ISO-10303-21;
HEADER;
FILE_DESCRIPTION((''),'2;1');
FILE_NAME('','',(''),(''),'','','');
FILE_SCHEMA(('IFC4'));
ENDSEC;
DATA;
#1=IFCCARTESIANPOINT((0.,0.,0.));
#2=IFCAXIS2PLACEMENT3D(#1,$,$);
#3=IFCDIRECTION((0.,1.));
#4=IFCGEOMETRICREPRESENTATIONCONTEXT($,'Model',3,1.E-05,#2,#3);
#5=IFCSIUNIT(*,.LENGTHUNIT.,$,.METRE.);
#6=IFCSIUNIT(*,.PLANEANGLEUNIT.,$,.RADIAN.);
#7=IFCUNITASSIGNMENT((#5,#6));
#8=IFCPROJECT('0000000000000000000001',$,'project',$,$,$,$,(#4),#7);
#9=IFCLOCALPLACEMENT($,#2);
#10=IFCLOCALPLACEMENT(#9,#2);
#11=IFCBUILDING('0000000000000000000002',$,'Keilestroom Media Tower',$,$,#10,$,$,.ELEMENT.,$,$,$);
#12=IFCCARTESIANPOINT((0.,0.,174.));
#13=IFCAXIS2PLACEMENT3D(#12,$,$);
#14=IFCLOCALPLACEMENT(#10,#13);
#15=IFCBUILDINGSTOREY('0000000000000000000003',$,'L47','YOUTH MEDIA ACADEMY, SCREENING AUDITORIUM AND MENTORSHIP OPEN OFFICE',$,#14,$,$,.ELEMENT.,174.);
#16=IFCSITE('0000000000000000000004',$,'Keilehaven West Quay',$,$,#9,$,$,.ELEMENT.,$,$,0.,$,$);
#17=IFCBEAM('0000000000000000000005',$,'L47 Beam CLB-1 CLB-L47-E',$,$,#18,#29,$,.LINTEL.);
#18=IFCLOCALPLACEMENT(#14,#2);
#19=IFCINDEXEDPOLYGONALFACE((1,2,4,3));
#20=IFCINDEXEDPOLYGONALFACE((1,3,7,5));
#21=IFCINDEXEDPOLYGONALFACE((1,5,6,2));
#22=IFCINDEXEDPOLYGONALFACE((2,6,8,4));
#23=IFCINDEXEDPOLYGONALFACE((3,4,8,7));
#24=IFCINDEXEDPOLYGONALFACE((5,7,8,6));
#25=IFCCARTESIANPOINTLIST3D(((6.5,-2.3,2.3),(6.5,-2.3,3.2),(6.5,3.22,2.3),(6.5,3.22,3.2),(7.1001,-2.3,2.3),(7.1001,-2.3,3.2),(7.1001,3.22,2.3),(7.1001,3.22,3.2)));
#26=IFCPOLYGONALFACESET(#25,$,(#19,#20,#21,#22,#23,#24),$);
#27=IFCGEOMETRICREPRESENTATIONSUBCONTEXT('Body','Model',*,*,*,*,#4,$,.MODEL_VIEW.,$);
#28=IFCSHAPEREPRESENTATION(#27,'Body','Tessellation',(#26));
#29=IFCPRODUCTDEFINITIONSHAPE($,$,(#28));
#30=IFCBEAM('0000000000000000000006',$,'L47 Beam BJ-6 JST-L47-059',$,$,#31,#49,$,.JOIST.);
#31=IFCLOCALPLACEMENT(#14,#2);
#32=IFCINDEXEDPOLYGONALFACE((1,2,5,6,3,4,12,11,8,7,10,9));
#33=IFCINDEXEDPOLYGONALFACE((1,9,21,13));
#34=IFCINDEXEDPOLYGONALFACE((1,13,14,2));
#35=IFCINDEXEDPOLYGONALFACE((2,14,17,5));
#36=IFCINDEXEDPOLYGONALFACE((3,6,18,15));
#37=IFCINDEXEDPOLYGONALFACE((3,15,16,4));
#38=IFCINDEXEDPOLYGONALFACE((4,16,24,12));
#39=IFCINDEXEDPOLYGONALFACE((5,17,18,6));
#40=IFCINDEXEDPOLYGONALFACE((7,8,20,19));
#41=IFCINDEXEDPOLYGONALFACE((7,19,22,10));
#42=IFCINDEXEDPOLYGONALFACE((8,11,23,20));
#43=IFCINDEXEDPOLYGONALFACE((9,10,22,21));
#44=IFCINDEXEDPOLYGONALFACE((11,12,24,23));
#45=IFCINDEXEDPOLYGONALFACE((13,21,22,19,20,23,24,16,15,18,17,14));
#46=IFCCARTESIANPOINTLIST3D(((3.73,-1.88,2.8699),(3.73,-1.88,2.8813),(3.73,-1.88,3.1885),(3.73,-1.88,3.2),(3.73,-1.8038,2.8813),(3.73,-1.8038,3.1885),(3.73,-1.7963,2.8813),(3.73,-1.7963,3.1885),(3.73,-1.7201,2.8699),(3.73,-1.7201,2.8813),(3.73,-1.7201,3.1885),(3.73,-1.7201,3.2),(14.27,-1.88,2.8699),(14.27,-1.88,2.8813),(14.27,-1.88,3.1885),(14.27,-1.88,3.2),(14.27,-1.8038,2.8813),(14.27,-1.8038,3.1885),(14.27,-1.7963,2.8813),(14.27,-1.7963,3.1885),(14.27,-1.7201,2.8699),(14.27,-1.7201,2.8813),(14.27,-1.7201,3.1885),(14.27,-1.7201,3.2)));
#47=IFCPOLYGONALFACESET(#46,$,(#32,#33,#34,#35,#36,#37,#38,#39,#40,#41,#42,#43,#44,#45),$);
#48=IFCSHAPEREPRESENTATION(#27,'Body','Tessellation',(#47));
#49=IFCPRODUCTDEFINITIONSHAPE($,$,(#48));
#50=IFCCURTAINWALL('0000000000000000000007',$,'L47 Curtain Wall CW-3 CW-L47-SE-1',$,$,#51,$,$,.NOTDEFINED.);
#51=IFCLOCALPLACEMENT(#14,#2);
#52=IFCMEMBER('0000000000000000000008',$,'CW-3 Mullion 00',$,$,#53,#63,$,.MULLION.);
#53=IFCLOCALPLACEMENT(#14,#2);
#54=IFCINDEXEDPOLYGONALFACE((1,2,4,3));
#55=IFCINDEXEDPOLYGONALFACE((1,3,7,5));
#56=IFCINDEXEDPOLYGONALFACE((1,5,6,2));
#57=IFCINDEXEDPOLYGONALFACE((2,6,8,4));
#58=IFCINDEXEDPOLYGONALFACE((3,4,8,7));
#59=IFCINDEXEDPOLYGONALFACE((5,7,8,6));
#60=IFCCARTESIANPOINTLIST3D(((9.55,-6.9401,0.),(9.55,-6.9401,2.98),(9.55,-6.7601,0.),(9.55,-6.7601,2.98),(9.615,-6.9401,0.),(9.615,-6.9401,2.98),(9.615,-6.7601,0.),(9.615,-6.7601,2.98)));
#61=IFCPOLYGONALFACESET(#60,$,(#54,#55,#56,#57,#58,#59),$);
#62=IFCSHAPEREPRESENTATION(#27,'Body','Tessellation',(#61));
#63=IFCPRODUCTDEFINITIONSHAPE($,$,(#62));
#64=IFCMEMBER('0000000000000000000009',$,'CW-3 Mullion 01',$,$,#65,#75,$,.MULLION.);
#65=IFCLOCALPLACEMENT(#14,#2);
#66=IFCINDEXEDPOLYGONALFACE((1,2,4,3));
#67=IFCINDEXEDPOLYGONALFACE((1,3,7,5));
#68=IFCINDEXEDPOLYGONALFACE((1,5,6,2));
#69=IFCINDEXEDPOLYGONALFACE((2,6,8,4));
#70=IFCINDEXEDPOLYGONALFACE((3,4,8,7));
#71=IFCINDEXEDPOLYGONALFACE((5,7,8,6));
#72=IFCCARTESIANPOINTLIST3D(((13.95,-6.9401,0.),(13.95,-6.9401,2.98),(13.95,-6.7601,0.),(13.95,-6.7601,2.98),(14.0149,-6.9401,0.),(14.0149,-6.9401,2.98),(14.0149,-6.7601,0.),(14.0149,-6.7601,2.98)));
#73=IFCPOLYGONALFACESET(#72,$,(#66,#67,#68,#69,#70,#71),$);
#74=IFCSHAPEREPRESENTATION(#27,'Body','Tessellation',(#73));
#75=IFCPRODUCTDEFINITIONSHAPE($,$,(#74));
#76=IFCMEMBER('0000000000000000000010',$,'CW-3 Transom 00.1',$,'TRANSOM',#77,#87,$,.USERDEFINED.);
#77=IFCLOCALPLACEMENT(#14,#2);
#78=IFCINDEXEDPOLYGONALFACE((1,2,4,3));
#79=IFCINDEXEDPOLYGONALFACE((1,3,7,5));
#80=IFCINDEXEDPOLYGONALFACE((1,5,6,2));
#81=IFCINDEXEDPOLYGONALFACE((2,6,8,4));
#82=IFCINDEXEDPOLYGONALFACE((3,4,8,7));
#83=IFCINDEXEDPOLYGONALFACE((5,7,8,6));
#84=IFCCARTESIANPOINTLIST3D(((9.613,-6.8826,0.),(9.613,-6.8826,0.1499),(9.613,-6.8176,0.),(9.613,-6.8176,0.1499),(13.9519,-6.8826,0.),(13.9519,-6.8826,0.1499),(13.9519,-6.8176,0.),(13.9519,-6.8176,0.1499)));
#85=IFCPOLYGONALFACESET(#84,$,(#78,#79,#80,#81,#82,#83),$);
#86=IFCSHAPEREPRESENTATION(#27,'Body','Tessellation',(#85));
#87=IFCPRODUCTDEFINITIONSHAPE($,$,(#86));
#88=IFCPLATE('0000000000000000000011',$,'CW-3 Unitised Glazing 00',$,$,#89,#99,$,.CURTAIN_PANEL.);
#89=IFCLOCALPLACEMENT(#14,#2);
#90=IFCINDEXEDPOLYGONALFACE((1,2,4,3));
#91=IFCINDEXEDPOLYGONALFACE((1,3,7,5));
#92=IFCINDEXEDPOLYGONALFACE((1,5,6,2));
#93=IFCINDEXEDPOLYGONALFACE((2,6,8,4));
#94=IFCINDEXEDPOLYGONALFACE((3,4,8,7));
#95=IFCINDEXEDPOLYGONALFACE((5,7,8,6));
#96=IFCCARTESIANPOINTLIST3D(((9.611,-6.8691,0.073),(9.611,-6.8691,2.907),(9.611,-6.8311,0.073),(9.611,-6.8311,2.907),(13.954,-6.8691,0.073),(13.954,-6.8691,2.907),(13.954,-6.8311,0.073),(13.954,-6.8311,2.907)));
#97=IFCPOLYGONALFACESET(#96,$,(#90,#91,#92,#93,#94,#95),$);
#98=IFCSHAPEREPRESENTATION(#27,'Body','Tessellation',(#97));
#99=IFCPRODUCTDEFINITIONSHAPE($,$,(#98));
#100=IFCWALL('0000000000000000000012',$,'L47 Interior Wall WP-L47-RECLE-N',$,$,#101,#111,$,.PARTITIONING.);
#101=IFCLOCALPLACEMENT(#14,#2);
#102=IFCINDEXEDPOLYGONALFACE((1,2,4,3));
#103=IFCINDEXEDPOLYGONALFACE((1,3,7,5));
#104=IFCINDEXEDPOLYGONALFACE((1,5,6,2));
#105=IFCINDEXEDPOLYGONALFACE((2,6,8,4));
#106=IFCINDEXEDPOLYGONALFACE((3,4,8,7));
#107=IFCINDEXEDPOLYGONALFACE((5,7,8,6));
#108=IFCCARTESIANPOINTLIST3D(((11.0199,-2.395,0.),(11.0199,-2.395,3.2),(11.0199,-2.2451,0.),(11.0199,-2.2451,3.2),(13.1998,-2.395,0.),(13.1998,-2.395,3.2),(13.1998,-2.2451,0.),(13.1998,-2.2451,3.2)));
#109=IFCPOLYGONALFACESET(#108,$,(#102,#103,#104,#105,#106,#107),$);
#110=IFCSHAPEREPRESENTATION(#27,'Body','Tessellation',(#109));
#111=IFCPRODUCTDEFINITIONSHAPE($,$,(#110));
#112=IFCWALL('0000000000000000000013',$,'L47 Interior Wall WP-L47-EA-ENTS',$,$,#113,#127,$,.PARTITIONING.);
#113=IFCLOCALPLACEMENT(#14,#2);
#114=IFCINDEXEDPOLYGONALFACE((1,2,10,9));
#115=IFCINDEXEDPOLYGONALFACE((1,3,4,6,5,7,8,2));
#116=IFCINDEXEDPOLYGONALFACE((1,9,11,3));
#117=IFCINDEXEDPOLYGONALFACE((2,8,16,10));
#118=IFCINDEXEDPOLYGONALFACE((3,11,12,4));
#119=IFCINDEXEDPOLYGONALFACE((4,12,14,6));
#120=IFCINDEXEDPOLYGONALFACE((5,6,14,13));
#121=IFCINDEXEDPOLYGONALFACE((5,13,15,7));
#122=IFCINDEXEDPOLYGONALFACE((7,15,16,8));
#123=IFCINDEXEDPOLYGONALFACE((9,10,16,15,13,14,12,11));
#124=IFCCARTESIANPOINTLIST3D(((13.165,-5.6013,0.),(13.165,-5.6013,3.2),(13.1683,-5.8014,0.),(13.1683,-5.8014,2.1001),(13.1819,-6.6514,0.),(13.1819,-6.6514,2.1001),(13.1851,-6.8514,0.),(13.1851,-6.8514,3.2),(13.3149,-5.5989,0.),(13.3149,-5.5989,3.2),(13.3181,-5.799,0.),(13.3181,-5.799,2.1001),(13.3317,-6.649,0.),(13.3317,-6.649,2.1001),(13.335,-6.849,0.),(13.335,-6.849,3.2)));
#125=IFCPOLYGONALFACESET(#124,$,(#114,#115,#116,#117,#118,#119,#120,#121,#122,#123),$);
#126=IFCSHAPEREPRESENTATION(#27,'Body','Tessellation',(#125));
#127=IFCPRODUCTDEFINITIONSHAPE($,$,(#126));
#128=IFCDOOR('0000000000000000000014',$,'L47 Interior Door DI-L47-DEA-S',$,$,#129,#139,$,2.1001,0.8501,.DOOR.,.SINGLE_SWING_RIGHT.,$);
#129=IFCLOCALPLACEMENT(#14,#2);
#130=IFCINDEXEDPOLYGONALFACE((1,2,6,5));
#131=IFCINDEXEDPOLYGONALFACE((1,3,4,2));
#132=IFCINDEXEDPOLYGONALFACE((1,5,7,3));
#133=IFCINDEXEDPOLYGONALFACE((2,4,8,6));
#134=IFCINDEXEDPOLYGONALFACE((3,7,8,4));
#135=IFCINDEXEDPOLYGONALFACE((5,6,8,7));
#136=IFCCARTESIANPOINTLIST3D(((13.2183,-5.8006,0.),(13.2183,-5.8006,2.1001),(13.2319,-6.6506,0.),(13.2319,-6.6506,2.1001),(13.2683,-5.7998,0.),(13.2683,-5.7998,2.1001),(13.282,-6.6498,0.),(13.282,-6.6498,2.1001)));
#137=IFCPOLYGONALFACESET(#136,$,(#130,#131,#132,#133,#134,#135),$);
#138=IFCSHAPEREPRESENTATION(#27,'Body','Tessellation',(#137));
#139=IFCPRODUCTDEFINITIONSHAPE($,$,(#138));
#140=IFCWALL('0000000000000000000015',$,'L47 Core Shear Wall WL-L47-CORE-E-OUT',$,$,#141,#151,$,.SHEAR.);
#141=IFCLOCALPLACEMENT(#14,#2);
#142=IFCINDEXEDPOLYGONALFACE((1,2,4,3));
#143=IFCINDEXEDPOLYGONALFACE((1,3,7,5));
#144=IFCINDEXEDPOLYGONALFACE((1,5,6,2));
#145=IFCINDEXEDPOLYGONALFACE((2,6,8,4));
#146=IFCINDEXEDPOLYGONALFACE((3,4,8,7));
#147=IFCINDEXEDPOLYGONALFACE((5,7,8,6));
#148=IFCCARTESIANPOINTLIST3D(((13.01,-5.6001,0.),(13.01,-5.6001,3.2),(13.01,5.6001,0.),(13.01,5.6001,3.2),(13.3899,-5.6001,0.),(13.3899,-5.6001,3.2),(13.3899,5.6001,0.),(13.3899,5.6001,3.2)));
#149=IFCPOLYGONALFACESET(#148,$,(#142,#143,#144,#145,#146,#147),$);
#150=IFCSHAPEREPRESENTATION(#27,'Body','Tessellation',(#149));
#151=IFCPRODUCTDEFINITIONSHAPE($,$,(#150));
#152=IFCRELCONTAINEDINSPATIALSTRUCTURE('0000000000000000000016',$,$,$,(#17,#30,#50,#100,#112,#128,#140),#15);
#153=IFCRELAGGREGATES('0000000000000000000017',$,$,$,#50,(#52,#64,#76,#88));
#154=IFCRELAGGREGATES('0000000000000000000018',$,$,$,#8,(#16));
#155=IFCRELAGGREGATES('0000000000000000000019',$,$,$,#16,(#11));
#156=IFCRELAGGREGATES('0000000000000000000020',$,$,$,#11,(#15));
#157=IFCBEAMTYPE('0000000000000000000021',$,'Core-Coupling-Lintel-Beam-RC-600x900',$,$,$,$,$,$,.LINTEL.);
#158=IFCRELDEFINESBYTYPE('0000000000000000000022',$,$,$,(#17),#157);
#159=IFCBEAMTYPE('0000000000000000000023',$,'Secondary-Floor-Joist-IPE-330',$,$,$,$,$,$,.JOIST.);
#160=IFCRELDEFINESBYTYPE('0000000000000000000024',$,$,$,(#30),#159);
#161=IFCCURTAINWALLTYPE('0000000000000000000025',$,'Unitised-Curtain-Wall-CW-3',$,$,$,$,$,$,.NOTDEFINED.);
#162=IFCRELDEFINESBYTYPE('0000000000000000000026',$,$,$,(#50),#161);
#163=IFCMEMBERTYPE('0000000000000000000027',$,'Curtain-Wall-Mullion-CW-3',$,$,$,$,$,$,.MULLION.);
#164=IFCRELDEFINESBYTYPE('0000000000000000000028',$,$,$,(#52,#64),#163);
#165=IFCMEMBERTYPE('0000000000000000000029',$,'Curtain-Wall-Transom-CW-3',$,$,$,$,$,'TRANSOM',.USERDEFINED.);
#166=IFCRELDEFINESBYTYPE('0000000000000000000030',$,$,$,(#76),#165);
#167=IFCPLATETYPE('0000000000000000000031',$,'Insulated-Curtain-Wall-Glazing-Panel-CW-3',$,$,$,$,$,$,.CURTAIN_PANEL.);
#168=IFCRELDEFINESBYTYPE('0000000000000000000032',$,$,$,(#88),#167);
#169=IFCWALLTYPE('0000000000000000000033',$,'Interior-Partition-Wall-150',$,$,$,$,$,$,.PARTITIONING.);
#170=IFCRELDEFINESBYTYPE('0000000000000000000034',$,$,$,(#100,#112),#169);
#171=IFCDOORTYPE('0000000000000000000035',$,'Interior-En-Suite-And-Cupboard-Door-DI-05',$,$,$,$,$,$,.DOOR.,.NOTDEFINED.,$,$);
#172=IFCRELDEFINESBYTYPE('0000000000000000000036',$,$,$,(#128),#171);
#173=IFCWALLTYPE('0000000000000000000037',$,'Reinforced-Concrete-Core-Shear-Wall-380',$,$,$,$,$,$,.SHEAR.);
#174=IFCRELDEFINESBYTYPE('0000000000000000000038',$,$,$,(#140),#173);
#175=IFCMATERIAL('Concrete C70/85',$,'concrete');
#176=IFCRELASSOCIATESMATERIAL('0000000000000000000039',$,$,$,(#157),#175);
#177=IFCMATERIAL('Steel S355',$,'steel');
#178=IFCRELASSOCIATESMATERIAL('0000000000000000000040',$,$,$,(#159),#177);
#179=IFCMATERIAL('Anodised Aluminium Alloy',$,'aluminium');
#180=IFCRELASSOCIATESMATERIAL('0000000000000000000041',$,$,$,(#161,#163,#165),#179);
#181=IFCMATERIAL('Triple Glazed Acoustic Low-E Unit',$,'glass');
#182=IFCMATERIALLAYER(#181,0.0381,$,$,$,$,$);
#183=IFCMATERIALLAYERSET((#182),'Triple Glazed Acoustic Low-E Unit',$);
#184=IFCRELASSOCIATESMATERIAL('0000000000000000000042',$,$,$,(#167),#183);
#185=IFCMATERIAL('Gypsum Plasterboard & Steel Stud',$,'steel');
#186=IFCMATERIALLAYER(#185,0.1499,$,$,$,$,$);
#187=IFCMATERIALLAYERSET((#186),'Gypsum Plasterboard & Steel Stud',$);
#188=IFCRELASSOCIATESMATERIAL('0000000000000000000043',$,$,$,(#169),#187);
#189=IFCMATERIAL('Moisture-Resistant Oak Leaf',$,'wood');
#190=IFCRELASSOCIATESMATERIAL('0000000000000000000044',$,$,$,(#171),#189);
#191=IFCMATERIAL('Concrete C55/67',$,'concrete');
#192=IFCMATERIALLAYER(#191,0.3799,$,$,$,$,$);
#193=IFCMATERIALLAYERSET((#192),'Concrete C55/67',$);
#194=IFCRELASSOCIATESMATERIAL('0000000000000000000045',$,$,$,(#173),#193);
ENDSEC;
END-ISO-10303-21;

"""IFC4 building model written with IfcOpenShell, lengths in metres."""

from ifc_helpers import new_model, si_unit, direction, frame, frame_2d, origin, origin_2d, place, context, subcontext, project, spatial, rectangle, i_section, extrude, source, transform, mapped, material, layer, layer_set, material_profile, profile_set, type_object, element, fill, aggregate, save


model = new_model("IFC4")

# Units and contexts
model_context = context("Model", 3, precision=1e-05, world=origin(), true_north=direction((0.0, 1.0)))
body_context = subcontext(model_context, "Body", "Model", "MODEL_VIEW")
ifc_project = project(units=[si_unit("LENGTHUNIT", "METRE"), si_unit("PLANEANGLEUNIT", "RADIAN")], contexts=[model_context])

# Site, building, storey
site_placement = place(None, origin())
site = spatial("IfcSite", under=ifc_project, at=site_placement, Name="Keilehaven West Quay", CompositionType="ELEMENT", RefElevation=0.0)
building_placement = place(site_placement, origin())
building = spatial("IfcBuilding", under=site, at=building_placement, Name="Keilestroom Media Tower", CompositionType="ELEMENT")
storey_placement = place(building_placement, frame((0.0, 0.0, 174.0)))
storey = spatial("IfcBuildingStorey", under=building, at=storey_placement, Name="L47", Description="YOUTH MEDIA ACADEMY, SCREENING AUDITORIUM AND MENTORSHIP OPEN OFFICE", CompositionType="ELEMENT", Elevation=174.0)

# Beams
ifc_material_1 = material(Name="Concrete C70/85", Category="concrete")
ifc_material_profile_1 = material_profile(ifc_material_1, rectangle(XDim=0.6001, YDim=0.8999, at=origin_2d()), Name="RC 600x900")
ifc_profile_set_1 = profile_set([ifc_material_profile_1], Name="Concrete C70/85")
beam_type_1 = type_object("IfcBeamType", Name="Core-Coupling-Lintel-Beam-RC-600x900", PredefinedType="LINTEL", material=ifc_profile_set_1)
shared_shape_1 = source(origin(), body_context, "Body", "SweptSolid", [
    extrude(rectangle(XDim=0.6001, YDim=0.8999, at=origin_2d()), origin(), (0.0, 0.0, 1.0), 5.52),
])
beam_1_placement = place(storey_placement, frame((6.8, -2.3, 2.75), z_axis=(0.0, 1.0, 0.0), x_axis=(-1.0, 0.0, 0.0)))
element("IfcBeam", 1, at=beam_1_placement, inside=storey, type_object=beam_type_1, Name="L47 Beam CLB-1 CLB-L47-E", PredefinedType="LINTEL", context=body_context, shape_type="MappedRepresentation", body=[
    mapped(shared_shape_1, transform((0.0, 0.0, 0.0), x_axis=(1.0, 0.0, 0.0), y_axis=(0.0, 1.0, 0.0), z_axis=(0.0, 0.0, 1.0), scale=1.0)),
])
ifc_material_2 = material(Name="Steel S355", Category="steel")
ifc_material_profile_2 = material_profile(ifc_material_2, i_section(OverallWidth=0.1599, OverallDepth=0.3301, WebThickness=0.0076, FlangeThickness=0.0115, at=origin_2d()), Name="IPE 330")
ifc_profile_set_2 = profile_set([ifc_material_profile_2], Name="Steel S355")
beam_type_2 = type_object("IfcBeamType", Name="Secondary-Floor-Joist-IPE-330", PredefinedType="JOIST", material=ifc_profile_set_2)
shared_shape_2 = source(origin(), body_context, "Body", "SweptSolid", [
    extrude(i_section(OverallWidth=0.1599, OverallDepth=0.3301, WebThickness=0.0076, FlangeThickness=0.0115, at=origin_2d()), origin(), (0.0, 0.0, 1.0), 10.54),
])
beam_2_placement = place(storey_placement, frame((3.73, -1.8, 3.0349), z_axis=(1.0, 0.0, 0.0), x_axis=(0.0, 1.0, 0.0)))
element("IfcBeam", 2, at=beam_2_placement, inside=storey, type_object=beam_type_2, Name="L47 Beam BJ-6 JST-L47-059", PredefinedType="JOIST", context=body_context, shape_type="MappedRepresentation", body=[
    mapped(shared_shape_2, transform((0.0, 0.0, 0.0), x_axis=(1.0, 0.0, 0.0), y_axis=(0.0, 1.0, 0.0), z_axis=(0.0, 0.0, 1.0), scale=1.0)),
])

# Curtain wall, members, plate
ifc_material_3 = material(Name="Anodised Aluminium Alloy", Category="aluminium")
curtain_wall_type = type_object("IfcCurtainWallType", Name="Unitised-Curtain-Wall-CW-3", PredefinedType="NOTDEFINED", material=ifc_material_3)
curtain_wall_placement = place(storey_placement, origin())
curtain_wall = element("IfcCurtainWall", 3, at=curtain_wall_placement, inside=storey, type_object=curtain_wall_type, Name="L47 Curtain Wall CW-3 CW-L47-SE-1", PredefinedType="NOTDEFINED")
ifc_material_profile_3 = material_profile(ifc_material_3, rectangle(XDim=0.0649, YDim=0.1799, at=origin_2d()), Name="ALU MULLION 65x180")
ifc_profile_set_3 = profile_set([ifc_material_profile_3], Name="Anodised Aluminium Alloy")
member_type_1 = type_object("IfcMemberType", Name="Curtain-Wall-Mullion-CW-3", PredefinedType="MULLION", material=ifc_profile_set_3)
shared_shape_3 = source(origin(), body_context, "Body", "SweptSolid", [
    extrude(rectangle(XDim=0.0649, YDim=0.1799, at=origin_2d()), origin(), (0.0, 0.0, 1.0), 2.98),
])
member_1_placement = place(storey_placement, frame((9.5825, -6.8501, 0.0), z_axis=(0.0, 0.0, 1.0), x_axis=(1.0, 0.0, 0.0)))
member_1 = element("IfcMember", 4, at=member_1_placement, type_object=member_type_1, Name="CW-3 Mullion 00", PredefinedType="MULLION", context=body_context, shape_type="MappedRepresentation", body=[
    mapped(shared_shape_3, transform((0.0, 0.0, 0.0), x_axis=(1.0, 0.0, 0.0), y_axis=(0.0, 1.0, 0.0), z_axis=(0.0, 0.0, 1.0), scale=1.0)),
])
member_2_placement = place(storey_placement, frame((13.9824, -6.8501, 0.0), z_axis=(0.0, 0.0, 1.0), x_axis=(1.0, 0.0, 0.0)))
member_2 = element("IfcMember", 5, at=member_2_placement, type_object=member_type_1, Name="CW-3 Mullion 01", PredefinedType="MULLION", context=body_context, shape_type="MappedRepresentation", body=[
    mapped(shared_shape_3, transform((0.0, 0.0, 0.0), x_axis=(1.0, 0.0, 0.0), y_axis=(0.0, 1.0, 0.0), z_axis=(0.0, 0.0, 1.0), scale=1.0)),
])
ifc_material_profile_4 = material_profile(ifc_material_3, rectangle(XDim=0.0649, YDim=0.1499, at=origin_2d()), Name="ALU TRANSOM 65x150")
ifc_profile_set_4 = profile_set([ifc_material_profile_4], Name="Anodised Aluminium Alloy")
member_type_2 = type_object("IfcMemberType", Name="Curtain-Wall-Transom-CW-3", ElementType="TRANSOM", PredefinedType="USERDEFINED", material=ifc_profile_set_4)
shared_shape_4 = source(origin(), body_context, "Body", "SweptSolid", [
    extrude(rectangle(XDim=0.0649, YDim=0.1499, at=origin_2d()), origin(), (0.0, 0.0, 1.0), 4.3389),
])
member_3_placement = place(storey_placement, frame((9.613, -6.8501, 0.075), z_axis=(1.0, 0.0, 0.0), x_axis=(0.0, 1.0, 0.0)))
member_3 = element("IfcMember", 6, at=member_3_placement, type_object=member_type_2, Name="CW-3 Transom 00.1", ObjectType="TRANSOM", PredefinedType="USERDEFINED", context=body_context, shape_type="MappedRepresentation", body=[
    mapped(shared_shape_4, transform((0.0, 0.0, 0.0), x_axis=(1.0, 0.0, 0.0), y_axis=(0.0, 1.0, 0.0), z_axis=(0.0, 0.0, 1.0), scale=1.0)),
])
ifc_material_4 = material(Name="Triple Glazed Acoustic Low-E Unit", Category="glass")
ifc_layer_1 = layer(ifc_material_4, 0.0381)
ifc_layer_set_1 = layer_set([ifc_layer_1], Name="Triple Glazed Acoustic Low-E Unit")
plate_type = type_object("IfcPlateType", Name="Insulated-Curtain-Wall-Glazing-Panel-CW-3", PredefinedType="CURTAIN_PANEL", material=ifc_layer_set_1)
shared_shape_5 = source(origin(), body_context, "Body", "SweptSolid", [
    extrude(rectangle(XDim=4.343, YDim=0.0381, at=origin_2d()), origin(), (0.0, 0.0, 1.0), 2.834),
])
plate_placement = place(storey_placement, frame((11.7825, -6.8501, 0.073), z_axis=(0.0, 0.0, 1.0), x_axis=(1.0, 0.0, 0.0)))
plate = element("IfcPlate", 7, at=plate_placement, type_object=plate_type, Name="CW-3 Unitised Glazing 00", PredefinedType="CURTAIN_PANEL", context=body_context, shape_type="MappedRepresentation", body=[
    mapped(shared_shape_5, transform((0.0, 0.0, 0.0), x_axis=(1.0, 0.0, 0.0), y_axis=(0.0, 1.0, 0.0), z_axis=(0.0, 0.0, 1.0), scale=1.0)),
])
aggregate(curtain_wall, [member_1, member_2, member_3, plate])

# Wall
ifc_material_5 = material(Name="Gypsum Plasterboard & Steel Stud", Category="steel")
ifc_layer_2 = layer(ifc_material_5, 0.1499)
ifc_layer_set_2 = layer_set([ifc_layer_2], Name="Gypsum Plasterboard & Steel Stud")
wall_type_1 = type_object("IfcWallType", Name="Interior-Partition-Wall-150", PredefinedType="PARTITIONING", material=ifc_layer_set_2)
wall_1_placement = place(storey_placement, frame((11.02, -2.3201, 0.0), z_axis=(0.0, 0.0, 1.0), x_axis=(1.0, 0.0, 0.0)))
element("IfcWall", 8, at=wall_1_placement, inside=storey, type_object=wall_type_1, Name="L47 Interior Wall WP-L47-RECLE-N", PredefinedType="PARTITIONING", context=body_context, shape_type="SweptSolid", body=[
    extrude(rectangle(XDim=2.1799, YDim=0.1499, at=frame_2d((1.0898, 0.0))), origin(), (0.0, 0.0, 1.0), 3.2),
])

# Wall, opening, door
wall_2_placement = place(storey_placement, frame((13.26, -6.8501, 0.0), z_axis=(0.0, 0.0, 1.0), x_axis=(-0.016014, 0.999872, 0.0)))
wall_2 = element("IfcWall", 9, at=wall_2_placement, inside=storey, type_object=wall_type_1, Name="L47 Interior Wall WP-L47-EA-ENTS", PredefinedType="PARTITIONING", context=body_context, shape_type="SweptSolid", body=[
    extrude(rectangle(XDim=1.2502, YDim=0.1499, at=frame_2d((0.625, 0.0))), origin(), (0.0, 0.0, 1.0), 3.2),
])
opening_1_placement = place(wall_2_placement, frame((0.2, 0.0, 0.0)))
opening_1 = element("IfcOpeningElement", 10, at=opening_1_placement, cuts=wall_2, PredefinedType="OPENING", context=body_context, shape_type="SweptSolid", body=[
    extrude(rectangle(XDim=0.8501, YDim=2.1001, at=frame_2d((0.425, 1.05))), frame((0.0, 0.085, 0.0), z_axis=(0.0, -1.0, 0.0), x_axis=(1.0, 0.0, 0.0)), (0.0, 0.0, 1.0), 0.1699),
])
ifc_material_6 = material(Name="Moisture-Resistant Oak Leaf", Category="wood")
door_type_1 = type_object("IfcDoorType", Name="Interior-En-Suite-And-Cupboard-Door-DI-05", OperationType="NOTDEFINED", PredefinedType="DOOR", material=ifc_material_6)
shared_shape_6 = source(origin(), body_context, "Body", "SweptSolid", [
    extrude(rectangle(XDim=0.8501, YDim=2.1001, at=frame_2d((0.425, 1.05))), frame((0.0, 0.0249, 0.0), z_axis=(0.0, -1.0, 0.0), x_axis=(1.0, 0.0, 0.0)), (0.0, 0.0, 1.0), 0.05),
])
door_1_placement = place(opening_1_placement, origin())
door_1 = element("IfcDoor", 11, at=door_1_placement, inside=storey, type_object=door_type_1, Name="L47 Interior Door DI-L47-DEA-S", OperationType="SINGLE_SWING_RIGHT", OverallHeight=2.1001, OverallWidth=0.8501, PredefinedType="DOOR", context=body_context, shape_type="MappedRepresentation", body=[
    mapped(shared_shape_6, transform((0.0, 0.0, 0.0), x_axis=(1.0, 0.0, 0.0), y_axis=(0.0, 1.0, 0.0), z_axis=(0.0, 0.0, 1.0), scale=1.0)),
])
fill(opening_1, door_1)

# Wall
ifc_material_7 = material(Name="Concrete C55/67", Category="concrete")
ifc_layer_3 = layer(ifc_material_7, 0.3799)
ifc_layer_set_3 = layer_set([ifc_layer_3], Name="Concrete C55/67")
wall_type_2 = type_object("IfcWallType", Name="Reinforced-Concrete-Core-Shear-Wall-380", PredefinedType="SHEAR", material=ifc_layer_set_3)
wall_3_placement = place(storey_placement, frame((13.2, -5.6001, 0.0), z_axis=(0.0, 0.0, 1.0), x_axis=(0.0, 1.0, 0.0)))
element("IfcWall", 12, at=wall_3_placement, inside=storey, type_object=wall_type_2, Name="L47 Core Shear Wall WL-L47-CORE-E-OUT", PredefinedType="SHEAR", context=body_context, shape_type="SweptSolid", body=[
    extrude(rectangle(XDim=11.2002, YDim=0.3799, at=frame_2d((5.6001, 0.0))), origin(), (0.0, 0.0, 1.0), 3.2),
])

save(model, "model.ifc")
